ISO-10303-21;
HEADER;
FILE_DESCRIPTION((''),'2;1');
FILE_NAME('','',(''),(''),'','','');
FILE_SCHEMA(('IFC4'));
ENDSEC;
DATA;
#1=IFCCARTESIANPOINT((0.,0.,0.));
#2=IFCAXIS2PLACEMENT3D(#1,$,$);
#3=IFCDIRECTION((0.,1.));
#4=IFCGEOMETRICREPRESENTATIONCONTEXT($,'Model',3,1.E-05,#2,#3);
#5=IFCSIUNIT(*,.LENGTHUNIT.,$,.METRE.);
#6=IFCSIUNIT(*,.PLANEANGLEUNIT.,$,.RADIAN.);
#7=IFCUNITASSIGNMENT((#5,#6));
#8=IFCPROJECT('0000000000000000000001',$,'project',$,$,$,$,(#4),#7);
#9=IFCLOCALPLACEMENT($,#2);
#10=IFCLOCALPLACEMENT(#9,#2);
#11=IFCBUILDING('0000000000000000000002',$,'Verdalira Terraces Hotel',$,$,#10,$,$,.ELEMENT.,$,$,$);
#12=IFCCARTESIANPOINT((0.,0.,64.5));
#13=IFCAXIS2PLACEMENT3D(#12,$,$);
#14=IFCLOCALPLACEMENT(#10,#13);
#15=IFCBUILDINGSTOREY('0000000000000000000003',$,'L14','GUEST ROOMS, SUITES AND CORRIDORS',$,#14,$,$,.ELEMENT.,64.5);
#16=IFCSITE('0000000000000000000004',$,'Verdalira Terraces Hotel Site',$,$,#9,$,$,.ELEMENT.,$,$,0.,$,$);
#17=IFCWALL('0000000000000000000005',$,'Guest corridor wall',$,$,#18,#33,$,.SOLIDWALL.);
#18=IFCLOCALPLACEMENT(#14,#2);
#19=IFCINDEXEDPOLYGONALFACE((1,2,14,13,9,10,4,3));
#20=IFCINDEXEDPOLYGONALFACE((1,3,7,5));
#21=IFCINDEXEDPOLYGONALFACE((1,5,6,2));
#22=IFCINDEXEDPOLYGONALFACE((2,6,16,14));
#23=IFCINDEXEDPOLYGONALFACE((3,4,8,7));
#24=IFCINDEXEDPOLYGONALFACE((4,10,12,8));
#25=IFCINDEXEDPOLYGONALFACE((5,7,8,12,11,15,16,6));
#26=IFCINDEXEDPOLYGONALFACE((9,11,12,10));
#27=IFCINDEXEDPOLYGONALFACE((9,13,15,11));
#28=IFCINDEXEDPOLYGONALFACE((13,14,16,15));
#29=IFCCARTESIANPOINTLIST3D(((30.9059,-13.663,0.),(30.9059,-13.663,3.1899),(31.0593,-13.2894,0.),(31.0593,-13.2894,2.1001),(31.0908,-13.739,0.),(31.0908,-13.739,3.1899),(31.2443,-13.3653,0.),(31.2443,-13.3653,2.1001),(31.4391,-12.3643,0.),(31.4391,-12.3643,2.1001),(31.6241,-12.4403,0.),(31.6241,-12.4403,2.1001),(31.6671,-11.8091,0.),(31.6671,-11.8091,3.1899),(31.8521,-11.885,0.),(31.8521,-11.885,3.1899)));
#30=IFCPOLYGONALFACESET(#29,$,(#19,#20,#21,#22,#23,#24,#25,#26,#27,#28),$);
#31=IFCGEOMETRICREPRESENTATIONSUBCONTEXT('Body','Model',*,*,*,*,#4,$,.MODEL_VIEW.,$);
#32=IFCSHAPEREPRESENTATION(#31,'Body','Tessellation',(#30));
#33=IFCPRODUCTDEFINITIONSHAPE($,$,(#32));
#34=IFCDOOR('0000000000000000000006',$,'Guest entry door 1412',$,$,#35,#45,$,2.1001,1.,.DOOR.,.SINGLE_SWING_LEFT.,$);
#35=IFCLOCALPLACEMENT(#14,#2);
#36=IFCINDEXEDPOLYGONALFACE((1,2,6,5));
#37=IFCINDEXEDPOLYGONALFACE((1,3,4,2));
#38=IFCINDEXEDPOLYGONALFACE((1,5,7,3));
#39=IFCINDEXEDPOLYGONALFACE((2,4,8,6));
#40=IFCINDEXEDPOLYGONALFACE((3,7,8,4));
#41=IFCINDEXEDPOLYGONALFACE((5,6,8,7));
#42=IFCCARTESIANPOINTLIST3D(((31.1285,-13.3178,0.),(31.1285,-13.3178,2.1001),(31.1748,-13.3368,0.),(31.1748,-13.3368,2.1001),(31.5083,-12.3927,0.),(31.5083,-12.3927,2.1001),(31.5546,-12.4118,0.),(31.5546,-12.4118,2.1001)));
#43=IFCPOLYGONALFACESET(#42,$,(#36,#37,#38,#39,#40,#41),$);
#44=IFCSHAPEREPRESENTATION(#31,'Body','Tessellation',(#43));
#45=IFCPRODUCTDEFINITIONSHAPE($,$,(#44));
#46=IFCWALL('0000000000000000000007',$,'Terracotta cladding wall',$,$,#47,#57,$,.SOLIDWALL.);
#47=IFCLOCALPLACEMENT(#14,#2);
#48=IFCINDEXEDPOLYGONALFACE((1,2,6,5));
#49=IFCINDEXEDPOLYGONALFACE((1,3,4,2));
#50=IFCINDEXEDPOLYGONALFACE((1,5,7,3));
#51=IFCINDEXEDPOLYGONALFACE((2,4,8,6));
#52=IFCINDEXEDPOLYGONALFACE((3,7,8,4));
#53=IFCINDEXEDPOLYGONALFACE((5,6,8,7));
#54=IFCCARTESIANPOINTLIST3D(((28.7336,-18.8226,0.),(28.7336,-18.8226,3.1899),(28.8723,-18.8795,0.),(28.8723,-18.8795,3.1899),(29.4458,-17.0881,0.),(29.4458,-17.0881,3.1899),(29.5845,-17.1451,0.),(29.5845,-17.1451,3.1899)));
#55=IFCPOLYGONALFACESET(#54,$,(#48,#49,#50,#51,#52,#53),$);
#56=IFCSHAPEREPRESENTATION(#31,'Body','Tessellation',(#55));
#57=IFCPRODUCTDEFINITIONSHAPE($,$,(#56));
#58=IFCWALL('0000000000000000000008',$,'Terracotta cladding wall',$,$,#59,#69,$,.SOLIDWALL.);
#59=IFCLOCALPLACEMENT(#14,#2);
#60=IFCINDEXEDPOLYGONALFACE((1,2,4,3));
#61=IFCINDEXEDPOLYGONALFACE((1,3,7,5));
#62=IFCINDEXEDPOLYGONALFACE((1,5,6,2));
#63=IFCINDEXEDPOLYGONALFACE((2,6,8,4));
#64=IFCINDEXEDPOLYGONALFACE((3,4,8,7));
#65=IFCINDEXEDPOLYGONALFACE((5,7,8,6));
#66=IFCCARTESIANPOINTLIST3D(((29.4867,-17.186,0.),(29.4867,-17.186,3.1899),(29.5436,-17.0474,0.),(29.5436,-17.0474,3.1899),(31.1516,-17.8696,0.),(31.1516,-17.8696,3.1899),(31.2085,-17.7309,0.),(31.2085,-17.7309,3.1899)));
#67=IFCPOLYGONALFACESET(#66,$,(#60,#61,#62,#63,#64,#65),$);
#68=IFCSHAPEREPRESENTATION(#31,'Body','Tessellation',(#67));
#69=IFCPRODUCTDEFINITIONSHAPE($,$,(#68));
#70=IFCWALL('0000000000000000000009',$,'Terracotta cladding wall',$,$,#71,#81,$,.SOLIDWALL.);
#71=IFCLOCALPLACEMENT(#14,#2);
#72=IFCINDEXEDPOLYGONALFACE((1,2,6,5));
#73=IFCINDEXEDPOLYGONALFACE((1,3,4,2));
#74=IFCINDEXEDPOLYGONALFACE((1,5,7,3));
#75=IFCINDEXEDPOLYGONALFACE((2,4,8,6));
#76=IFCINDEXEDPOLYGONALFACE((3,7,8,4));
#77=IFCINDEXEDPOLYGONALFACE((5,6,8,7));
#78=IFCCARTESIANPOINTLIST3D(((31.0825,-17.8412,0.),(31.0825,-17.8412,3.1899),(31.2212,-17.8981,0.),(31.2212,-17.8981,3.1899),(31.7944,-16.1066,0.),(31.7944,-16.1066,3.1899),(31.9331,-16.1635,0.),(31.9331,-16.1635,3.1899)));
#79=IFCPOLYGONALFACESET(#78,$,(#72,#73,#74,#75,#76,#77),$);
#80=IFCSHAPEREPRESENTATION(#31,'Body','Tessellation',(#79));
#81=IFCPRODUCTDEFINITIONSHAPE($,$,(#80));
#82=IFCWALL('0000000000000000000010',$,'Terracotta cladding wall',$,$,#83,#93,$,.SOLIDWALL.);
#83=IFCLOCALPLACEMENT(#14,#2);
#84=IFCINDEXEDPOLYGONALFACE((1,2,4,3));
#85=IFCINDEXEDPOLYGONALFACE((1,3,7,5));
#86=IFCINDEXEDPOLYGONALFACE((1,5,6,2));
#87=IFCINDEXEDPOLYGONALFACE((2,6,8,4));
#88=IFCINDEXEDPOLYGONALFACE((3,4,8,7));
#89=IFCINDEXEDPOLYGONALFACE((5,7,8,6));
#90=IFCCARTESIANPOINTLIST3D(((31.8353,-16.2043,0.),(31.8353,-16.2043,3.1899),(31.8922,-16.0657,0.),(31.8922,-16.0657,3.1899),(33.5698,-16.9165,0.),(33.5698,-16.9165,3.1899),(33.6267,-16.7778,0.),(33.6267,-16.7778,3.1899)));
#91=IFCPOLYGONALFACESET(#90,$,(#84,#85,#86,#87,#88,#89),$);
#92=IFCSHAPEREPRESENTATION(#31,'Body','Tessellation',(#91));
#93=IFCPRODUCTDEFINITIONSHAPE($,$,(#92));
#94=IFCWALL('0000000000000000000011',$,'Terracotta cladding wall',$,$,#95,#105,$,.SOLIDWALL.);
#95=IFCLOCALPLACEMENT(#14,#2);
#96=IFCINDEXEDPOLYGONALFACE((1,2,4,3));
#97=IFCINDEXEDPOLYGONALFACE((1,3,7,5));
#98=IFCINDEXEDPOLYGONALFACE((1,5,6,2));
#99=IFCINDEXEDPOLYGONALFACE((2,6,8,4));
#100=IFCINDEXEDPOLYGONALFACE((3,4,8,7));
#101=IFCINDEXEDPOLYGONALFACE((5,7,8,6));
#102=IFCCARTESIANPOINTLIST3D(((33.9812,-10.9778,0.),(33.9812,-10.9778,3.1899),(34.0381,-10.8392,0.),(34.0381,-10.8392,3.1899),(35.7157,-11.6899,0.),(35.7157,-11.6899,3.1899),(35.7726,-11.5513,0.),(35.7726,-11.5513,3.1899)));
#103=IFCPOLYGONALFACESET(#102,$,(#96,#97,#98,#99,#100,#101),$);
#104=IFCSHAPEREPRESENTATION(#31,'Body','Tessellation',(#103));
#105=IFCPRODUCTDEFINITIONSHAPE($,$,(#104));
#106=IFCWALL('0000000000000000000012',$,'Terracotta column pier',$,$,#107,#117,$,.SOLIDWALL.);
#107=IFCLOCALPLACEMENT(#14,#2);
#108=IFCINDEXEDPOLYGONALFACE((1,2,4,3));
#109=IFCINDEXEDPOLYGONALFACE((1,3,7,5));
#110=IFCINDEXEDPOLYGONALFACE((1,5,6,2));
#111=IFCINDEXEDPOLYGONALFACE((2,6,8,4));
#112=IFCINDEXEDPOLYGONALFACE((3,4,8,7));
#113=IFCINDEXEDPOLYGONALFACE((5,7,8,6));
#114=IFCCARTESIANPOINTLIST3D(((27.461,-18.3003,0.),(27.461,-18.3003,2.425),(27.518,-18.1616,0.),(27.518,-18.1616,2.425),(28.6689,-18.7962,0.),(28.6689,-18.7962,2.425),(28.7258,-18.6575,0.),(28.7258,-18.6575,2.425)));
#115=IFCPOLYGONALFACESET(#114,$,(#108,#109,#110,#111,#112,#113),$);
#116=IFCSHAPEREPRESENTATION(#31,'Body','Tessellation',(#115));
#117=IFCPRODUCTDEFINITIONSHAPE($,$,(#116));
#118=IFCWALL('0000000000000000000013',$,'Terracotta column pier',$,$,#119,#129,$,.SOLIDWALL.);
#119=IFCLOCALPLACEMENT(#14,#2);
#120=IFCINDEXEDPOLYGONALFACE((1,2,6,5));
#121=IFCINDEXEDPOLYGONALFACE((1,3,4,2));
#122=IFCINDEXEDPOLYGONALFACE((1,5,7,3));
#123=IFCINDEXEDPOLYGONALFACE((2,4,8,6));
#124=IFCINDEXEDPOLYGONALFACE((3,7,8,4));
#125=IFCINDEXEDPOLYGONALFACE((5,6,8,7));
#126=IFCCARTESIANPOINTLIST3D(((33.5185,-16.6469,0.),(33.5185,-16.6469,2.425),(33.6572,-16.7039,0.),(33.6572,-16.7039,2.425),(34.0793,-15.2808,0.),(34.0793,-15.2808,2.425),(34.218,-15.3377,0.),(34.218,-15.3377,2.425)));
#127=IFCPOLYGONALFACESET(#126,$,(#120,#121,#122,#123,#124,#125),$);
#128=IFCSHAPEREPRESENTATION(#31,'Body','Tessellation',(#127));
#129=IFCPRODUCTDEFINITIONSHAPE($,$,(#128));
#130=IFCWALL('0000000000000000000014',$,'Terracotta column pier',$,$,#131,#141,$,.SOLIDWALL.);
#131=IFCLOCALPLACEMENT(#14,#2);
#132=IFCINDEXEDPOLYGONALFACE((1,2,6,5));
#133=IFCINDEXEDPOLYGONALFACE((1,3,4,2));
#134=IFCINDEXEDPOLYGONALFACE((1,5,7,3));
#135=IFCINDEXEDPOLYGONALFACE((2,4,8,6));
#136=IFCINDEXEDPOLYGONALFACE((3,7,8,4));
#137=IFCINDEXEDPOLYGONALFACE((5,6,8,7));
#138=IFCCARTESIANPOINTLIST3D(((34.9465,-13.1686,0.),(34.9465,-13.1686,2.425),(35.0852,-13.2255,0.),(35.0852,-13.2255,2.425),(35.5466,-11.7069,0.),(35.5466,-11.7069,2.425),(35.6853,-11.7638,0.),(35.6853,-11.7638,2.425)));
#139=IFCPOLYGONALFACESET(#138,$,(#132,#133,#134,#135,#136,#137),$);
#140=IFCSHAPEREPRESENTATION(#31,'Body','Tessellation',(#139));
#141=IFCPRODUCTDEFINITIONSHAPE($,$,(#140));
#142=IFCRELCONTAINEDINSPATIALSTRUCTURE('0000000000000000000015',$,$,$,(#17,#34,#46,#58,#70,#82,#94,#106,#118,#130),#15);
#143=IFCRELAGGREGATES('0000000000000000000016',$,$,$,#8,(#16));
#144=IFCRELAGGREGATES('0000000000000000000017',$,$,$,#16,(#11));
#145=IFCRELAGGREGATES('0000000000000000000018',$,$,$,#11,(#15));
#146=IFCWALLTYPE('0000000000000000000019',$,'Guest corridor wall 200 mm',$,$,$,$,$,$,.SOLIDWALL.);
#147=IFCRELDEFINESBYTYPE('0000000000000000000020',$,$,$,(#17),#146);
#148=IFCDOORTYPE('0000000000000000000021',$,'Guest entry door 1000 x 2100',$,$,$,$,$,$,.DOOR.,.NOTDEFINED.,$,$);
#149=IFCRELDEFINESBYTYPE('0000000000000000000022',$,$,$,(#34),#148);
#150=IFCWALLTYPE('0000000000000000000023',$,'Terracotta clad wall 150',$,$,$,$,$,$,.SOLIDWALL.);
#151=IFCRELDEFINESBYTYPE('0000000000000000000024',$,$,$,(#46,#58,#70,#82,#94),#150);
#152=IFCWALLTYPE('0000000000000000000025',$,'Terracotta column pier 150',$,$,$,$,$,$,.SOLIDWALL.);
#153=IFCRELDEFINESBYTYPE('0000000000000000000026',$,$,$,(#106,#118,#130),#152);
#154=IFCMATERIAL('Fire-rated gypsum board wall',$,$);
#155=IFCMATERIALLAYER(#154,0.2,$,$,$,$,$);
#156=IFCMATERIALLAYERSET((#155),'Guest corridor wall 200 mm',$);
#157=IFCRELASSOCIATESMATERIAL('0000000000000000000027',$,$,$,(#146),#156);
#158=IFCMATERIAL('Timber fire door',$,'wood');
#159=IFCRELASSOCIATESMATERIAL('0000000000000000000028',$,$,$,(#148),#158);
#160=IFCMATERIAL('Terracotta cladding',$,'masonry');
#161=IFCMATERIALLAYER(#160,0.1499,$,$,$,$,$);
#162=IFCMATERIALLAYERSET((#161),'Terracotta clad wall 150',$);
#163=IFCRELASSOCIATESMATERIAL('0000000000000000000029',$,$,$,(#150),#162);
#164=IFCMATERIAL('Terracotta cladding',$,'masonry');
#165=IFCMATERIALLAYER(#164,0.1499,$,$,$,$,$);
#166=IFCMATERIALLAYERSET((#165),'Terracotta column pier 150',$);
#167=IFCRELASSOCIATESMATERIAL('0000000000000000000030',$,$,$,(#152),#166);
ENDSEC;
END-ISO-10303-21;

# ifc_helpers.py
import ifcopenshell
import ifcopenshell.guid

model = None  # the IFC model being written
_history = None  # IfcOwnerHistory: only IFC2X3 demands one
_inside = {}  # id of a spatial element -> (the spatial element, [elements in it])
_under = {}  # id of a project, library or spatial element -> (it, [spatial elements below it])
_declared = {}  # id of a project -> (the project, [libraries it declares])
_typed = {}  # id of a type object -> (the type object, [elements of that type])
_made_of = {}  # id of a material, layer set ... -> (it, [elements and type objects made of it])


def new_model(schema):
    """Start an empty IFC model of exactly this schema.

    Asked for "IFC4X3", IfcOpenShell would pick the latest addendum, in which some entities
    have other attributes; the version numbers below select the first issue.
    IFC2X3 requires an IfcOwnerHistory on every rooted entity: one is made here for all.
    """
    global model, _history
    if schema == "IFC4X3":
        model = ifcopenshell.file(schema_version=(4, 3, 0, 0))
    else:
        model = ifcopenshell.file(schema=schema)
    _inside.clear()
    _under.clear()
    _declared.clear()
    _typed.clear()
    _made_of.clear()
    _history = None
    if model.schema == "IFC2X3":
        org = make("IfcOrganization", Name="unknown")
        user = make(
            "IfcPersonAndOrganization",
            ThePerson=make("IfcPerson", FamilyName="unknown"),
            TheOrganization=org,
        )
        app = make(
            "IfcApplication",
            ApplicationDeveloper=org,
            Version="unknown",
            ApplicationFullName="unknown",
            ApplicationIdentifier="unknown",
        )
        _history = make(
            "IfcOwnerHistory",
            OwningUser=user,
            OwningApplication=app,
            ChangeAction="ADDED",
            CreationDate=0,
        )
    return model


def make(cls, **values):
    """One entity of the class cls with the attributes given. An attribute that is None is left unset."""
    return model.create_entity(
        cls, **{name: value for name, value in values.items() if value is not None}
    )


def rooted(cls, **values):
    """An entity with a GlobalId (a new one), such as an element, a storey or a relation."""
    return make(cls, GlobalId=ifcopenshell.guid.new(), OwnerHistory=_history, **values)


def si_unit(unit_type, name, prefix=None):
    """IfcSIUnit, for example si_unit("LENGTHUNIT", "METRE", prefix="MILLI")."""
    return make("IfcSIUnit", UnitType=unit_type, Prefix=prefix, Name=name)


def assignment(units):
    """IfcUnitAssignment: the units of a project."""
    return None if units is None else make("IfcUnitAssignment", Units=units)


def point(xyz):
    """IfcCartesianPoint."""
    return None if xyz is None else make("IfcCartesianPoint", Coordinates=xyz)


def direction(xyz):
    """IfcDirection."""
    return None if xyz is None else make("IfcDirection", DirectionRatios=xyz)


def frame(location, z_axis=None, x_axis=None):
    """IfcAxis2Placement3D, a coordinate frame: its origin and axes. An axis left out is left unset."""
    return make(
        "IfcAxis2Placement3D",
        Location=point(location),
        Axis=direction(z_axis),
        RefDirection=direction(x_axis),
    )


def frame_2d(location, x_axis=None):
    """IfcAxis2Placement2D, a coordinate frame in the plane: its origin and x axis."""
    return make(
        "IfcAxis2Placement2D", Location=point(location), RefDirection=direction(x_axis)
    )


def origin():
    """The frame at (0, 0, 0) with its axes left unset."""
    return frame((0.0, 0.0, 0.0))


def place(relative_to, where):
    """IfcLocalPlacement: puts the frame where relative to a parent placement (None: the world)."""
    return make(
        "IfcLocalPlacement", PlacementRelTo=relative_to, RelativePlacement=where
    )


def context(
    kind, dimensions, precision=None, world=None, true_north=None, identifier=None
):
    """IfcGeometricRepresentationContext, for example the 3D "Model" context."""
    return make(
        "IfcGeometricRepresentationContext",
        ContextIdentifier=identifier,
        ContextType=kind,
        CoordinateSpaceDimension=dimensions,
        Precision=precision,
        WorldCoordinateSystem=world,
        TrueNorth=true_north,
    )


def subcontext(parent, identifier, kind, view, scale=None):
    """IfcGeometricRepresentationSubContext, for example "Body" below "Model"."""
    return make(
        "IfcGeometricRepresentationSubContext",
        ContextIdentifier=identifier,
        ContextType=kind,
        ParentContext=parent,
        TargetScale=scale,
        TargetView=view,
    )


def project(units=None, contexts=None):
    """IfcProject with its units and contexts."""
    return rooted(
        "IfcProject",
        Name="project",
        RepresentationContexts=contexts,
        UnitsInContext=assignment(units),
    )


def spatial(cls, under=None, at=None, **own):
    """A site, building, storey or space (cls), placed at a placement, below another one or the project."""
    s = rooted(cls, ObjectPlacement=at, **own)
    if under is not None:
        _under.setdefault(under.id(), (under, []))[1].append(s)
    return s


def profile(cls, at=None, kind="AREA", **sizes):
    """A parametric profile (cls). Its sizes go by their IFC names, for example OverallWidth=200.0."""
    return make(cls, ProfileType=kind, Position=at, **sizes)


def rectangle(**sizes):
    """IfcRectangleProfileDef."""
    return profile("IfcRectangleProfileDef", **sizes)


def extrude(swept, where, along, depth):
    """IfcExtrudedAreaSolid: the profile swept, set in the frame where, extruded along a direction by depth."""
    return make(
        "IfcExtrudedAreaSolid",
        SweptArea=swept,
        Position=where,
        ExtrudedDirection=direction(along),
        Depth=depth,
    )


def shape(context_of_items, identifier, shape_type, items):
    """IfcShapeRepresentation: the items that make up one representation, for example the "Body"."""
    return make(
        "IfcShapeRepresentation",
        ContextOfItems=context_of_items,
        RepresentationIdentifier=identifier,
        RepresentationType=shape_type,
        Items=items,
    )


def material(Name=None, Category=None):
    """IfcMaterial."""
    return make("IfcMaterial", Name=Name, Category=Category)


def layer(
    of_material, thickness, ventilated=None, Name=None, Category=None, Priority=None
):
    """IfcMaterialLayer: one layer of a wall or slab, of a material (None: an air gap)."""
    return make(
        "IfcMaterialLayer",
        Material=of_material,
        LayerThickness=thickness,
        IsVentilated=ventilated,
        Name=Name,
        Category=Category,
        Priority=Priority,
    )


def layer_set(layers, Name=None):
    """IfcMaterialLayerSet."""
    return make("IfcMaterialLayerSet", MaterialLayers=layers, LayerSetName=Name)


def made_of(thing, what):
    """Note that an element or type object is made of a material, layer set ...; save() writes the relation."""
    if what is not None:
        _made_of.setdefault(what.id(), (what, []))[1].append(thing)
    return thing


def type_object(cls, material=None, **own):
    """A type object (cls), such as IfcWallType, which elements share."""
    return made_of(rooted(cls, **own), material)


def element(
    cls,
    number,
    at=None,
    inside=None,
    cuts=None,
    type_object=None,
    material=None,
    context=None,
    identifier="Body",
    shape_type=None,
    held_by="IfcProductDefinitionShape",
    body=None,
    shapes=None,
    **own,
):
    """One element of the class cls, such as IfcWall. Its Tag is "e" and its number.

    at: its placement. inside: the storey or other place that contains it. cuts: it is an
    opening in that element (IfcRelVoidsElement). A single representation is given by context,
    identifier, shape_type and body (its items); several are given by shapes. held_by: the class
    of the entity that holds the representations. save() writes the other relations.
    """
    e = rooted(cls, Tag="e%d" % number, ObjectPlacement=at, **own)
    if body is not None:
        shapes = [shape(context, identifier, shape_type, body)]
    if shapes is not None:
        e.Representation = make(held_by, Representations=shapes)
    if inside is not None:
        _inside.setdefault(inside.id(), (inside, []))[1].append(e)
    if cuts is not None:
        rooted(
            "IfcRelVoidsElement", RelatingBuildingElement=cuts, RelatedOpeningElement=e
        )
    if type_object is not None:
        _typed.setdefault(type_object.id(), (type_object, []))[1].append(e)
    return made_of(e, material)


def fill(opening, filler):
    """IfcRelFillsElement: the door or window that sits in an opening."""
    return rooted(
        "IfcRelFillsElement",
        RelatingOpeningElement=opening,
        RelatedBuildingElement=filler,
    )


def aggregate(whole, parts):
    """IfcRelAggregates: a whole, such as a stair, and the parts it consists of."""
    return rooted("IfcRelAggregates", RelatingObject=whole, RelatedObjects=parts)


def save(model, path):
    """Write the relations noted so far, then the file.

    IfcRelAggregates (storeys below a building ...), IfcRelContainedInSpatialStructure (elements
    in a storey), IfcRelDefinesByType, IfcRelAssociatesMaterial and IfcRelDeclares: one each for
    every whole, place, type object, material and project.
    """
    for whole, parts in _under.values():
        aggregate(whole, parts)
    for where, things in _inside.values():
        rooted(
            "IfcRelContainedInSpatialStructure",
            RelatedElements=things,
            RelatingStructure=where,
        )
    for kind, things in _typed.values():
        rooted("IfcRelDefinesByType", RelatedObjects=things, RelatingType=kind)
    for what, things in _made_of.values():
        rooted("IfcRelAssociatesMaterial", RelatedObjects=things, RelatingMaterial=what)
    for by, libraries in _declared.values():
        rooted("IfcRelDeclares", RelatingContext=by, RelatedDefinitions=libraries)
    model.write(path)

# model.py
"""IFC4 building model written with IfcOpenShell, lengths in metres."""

from ifc_helpers import new_model, si_unit, direction, frame, frame_2d, origin, place, context, subcontext, project, spatial, rectangle, extrude, material, layer, layer_set, type_object, element, fill, save


model = new_model("IFC4")

# Units and contexts
model_context = context("Model", 3, precision=1e-05, world=origin(), true_north=direction((0.0, 1.0)))
body_context = subcontext(model_context, "Body", "Model", "MODEL_VIEW")
ifc_project = project(units=[si_unit("LENGTHUNIT", "METRE"), si_unit("PLANEANGLEUNIT", "RADIAN")], contexts=[model_context])

# Site, building, storey
site_placement = place(None, origin())
site = spatial("IfcSite", under=ifc_project, at=site_placement, Name="Verdalira Terraces Hotel Site", CompositionType="ELEMENT", RefElevation=0.0)
building_placement = place(site_placement, origin())
building = spatial("IfcBuilding", under=site, at=building_placement, Name="Verdalira Terraces Hotel", CompositionType="ELEMENT")
storey_placement = place(building_placement, frame((0.0, 0.0, 64.5)))
storey = spatial("IfcBuildingStorey", under=building, at=storey_placement, Name="L14", Description="GUEST ROOMS, SUITES AND CORRIDORS", CompositionType="ELEMENT", Elevation=64.5)

# Wall, opening, door
ifc_material_1 = material(Name="Fire-rated gypsum board wall")
ifc_layer_1 = layer(ifc_material_1, 0.2)
ifc_layer_set_1 = layer_set([ifc_layer_1], Name="Guest corridor wall 200 mm")
wall_type_1 = type_object("IfcWallType", Name="Guest corridor wall 200 mm", PredefinedType="SOLIDWALL", material=ifc_layer_set_1)
ifc_material_2 = material(Name="Timber fire door", Category="wood")
door_type_1 = type_object("IfcDoorType", Name="Guest entry door 1000 x 2100", OperationType="NOTDEFINED", PredefinedType="DOOR", material=ifc_material_2)
wall_1_placement = place(storey_placement, frame((31.7595, -11.8472, 0.0), z_axis=(0.0, 0.0, 1.0), x_axis=(-0.379818, -0.925061, 0.0)))
wall_1 = element("IfcWall", 1, at=wall_1_placement, inside=storey, type_object=wall_type_1, Name="Guest corridor wall", PredefinedType="SOLIDWALL", context=body_context, shape_type="SweptSolid", body=[
    extrude(rectangle(XDim=2.0042, YDim=0.2, at=frame_2d((1.002, 0.0))), origin(), (0.0, 0.0, 1.0), 3.1899),
])
opening_1_placement = place(wall_1_placement, frame((0.6001, 0.0, 0.0)))
opening_1 = element("IfcOpeningElement", 2, at=opening_1_placement, cuts=wall_1, PredefinedType="OPENING", context=body_context, shape_type="SweptSolid", body=[
    extrude(rectangle(XDim=1.0, YDim=2.1001, at=frame_2d((0.5, 1.05))), frame((0.0, 0.1099, 0.0), z_axis=(0.0, -1.0, 0.0), x_axis=(1.0, 0.0, 0.0)), (0.0, 0.0, 1.0), 0.22),
])
door_1_placement = place(opening_1_placement, origin())
door_1 = element("IfcDoor", 3, at=door_1_placement, inside=storey, type_object=door_type_1, Name="Guest entry door 1412", OperationType="SINGLE_SWING_LEFT", OverallHeight=2.1001, OverallWidth=1.0, PredefinedType="DOOR", context=body_context, shape_type="SweptSolid", body=[
    extrude(rectangle(XDim=1.0, YDim=2.1001, at=frame_2d((0.5, 1.05))), frame((0.0, 0.0249, 0.0), z_axis=(0.0, -1.0, 0.0), x_axis=(1.0, 0.0, 0.0)), (0.0, 0.0, 1.0), 0.05),
])
fill(opening_1, door_1)

# Walls
ifc_material_3 = material(Name="Terracotta cladding", Category="masonry")
ifc_layer_2 = layer(ifc_material_3, 0.1499)
ifc_layer_set_2 = layer_set([ifc_layer_2], Name="Terracotta clad wall 150")
wall_type_2 = type_object("IfcWallType", Name="Terracotta clad wall 150", PredefinedType="SOLIDWALL", material=ifc_layer_set_2)
wall_2_placement = place(storey_placement, frame((28.803, -18.8511, 0.0), z_axis=(0.0, 0.0, 1.0), x_axis=(0.379839, 0.925053, 0.0)))
element("IfcWall", 4, at=wall_2_placement, inside=storey, type_object=wall_type_2, Name="Terracotta cladding wall", PredefinedType="SOLIDWALL", context=body_context, shape_type="SweptSolid", body=[
    extrude(rectangle(XDim=1.875, YDim=0.1499, at=frame_2d((0.9375, 0.0))), origin(), (0.0, 0.0, 1.0), 3.1899),
])
wall_3_placement = place(storey_placement, frame((29.5151, -17.1167, 0.0), z_axis=(0.0, 0.0, 1.0), x_axis=(0.925071, -0.379794, 0.0)))
element("IfcWall", 5, at=wall_3_placement, inside=storey, type_object=wall_type_2, Name="Terracotta cladding wall", PredefinedType="SOLIDWALL", context=body_context, shape_type="SweptSolid", body=[
    extrude(rectangle(XDim=1.7998, YDim=0.1499, at=frame_2d((0.8999, 0.0))), origin(), (0.0, 0.0, 1.0), 3.1899),
])
for number, where, z_axis, x_axis, name in (
    (6, (31.1519, -17.8696, 0.0), (0.0, 0.0, 1.0), (0.379682, 0.925117, 0.0), "Terracotta cladding wall"),
    (7, (31.8638, -16.135, 0.0), (0.0, 0.0, 1.0), (0.925071, -0.379794, 0.0), "Terracotta cladding wall"),
    (8, (35.7441, -11.6206, 0.0), (0.0, 0.0, 1.0), (-0.925071, 0.379794, 0.0), "Terracotta cladding wall"),
):
    element("IfcWall", number, at=place(storey_placement, frame(where, z_axis=z_axis, x_axis=x_axis)), inside=storey, type_object=wall_type_2, Name=name, PredefinedType="SOLIDWALL", context=body_context, shape_type="SweptSolid", body=[
        extrude(rectangle(XDim=1.875, YDim=0.1499, at=frame_2d((0.9375, 0.0))), origin(), (0.0, 0.0, 1.0), 3.1899),
    ])
ifc_material_4 = material(Name="Terracotta cladding", Category="masonry")
ifc_layer_3 = layer(ifc_material_4, 0.1499)
ifc_layer_set_3 = layer_set([ifc_layer_3], Name="Terracotta column pier 150")
wall_type_3 = type_object("IfcWallType", Name="Terracotta column pier 150", PredefinedType="SOLIDWALL", material=ifc_layer_set_3)
wall_4_placement = place(storey_placement, frame((27.4895, -18.231, 0.0), z_axis=(0.0, 0.0, 1.0), x_axis=(0.925073, -0.37979, 0.0)))
element("IfcWall", 9, at=wall_4_placement, inside=storey, type_object=wall_type_3, Name="Terracotta column pier", PredefinedType="SOLIDWALL", context=body_context, shape_type="SweptSolid", body=[
    extrude(rectangle(XDim=1.3057, YDim=0.1499, at=frame_2d((0.6528, 0.0))), origin(), (0.0, 0.0, 1.0), 2.425),
])
wall_5_placement = place(storey_placement, frame((33.5879, -16.6753, 0.0), z_axis=(0.0, 0.0, 1.0), x_axis=(0.379727, 0.925099, 0.0)))
element("IfcWall", 10, at=wall_5_placement, inside=storey, type_object=wall_type_3, Name="Terracotta column pier", PredefinedType="SOLIDWALL", context=body_context, shape_type="SweptSolid", body=[
    extrude(rectangle(XDim=1.4768, YDim=0.1499, at=frame_2d((0.7383, 0.0))), origin(), (0.0, 0.0, 1.0), 2.425),
])
wall_6_placement = place(storey_placement, frame((35.0159, -13.197, 0.0), z_axis=(0.0, 0.0, 1.0), x_axis=(0.379794, 0.925071, 0.0)))
element("IfcWall", 11, at=wall_6_placement, inside=storey, type_object=wall_type_3, Name="Terracotta column pier", PredefinedType="SOLIDWALL", context=body_context, shape_type="SweptSolid", body=[
    extrude(rectangle(XDim=1.5801, YDim=0.1499, at=frame_2d((0.79, 0.0))), origin(), (0.0, 0.0, 1.0), 2.425),
])

save(model, "model.ifc")
